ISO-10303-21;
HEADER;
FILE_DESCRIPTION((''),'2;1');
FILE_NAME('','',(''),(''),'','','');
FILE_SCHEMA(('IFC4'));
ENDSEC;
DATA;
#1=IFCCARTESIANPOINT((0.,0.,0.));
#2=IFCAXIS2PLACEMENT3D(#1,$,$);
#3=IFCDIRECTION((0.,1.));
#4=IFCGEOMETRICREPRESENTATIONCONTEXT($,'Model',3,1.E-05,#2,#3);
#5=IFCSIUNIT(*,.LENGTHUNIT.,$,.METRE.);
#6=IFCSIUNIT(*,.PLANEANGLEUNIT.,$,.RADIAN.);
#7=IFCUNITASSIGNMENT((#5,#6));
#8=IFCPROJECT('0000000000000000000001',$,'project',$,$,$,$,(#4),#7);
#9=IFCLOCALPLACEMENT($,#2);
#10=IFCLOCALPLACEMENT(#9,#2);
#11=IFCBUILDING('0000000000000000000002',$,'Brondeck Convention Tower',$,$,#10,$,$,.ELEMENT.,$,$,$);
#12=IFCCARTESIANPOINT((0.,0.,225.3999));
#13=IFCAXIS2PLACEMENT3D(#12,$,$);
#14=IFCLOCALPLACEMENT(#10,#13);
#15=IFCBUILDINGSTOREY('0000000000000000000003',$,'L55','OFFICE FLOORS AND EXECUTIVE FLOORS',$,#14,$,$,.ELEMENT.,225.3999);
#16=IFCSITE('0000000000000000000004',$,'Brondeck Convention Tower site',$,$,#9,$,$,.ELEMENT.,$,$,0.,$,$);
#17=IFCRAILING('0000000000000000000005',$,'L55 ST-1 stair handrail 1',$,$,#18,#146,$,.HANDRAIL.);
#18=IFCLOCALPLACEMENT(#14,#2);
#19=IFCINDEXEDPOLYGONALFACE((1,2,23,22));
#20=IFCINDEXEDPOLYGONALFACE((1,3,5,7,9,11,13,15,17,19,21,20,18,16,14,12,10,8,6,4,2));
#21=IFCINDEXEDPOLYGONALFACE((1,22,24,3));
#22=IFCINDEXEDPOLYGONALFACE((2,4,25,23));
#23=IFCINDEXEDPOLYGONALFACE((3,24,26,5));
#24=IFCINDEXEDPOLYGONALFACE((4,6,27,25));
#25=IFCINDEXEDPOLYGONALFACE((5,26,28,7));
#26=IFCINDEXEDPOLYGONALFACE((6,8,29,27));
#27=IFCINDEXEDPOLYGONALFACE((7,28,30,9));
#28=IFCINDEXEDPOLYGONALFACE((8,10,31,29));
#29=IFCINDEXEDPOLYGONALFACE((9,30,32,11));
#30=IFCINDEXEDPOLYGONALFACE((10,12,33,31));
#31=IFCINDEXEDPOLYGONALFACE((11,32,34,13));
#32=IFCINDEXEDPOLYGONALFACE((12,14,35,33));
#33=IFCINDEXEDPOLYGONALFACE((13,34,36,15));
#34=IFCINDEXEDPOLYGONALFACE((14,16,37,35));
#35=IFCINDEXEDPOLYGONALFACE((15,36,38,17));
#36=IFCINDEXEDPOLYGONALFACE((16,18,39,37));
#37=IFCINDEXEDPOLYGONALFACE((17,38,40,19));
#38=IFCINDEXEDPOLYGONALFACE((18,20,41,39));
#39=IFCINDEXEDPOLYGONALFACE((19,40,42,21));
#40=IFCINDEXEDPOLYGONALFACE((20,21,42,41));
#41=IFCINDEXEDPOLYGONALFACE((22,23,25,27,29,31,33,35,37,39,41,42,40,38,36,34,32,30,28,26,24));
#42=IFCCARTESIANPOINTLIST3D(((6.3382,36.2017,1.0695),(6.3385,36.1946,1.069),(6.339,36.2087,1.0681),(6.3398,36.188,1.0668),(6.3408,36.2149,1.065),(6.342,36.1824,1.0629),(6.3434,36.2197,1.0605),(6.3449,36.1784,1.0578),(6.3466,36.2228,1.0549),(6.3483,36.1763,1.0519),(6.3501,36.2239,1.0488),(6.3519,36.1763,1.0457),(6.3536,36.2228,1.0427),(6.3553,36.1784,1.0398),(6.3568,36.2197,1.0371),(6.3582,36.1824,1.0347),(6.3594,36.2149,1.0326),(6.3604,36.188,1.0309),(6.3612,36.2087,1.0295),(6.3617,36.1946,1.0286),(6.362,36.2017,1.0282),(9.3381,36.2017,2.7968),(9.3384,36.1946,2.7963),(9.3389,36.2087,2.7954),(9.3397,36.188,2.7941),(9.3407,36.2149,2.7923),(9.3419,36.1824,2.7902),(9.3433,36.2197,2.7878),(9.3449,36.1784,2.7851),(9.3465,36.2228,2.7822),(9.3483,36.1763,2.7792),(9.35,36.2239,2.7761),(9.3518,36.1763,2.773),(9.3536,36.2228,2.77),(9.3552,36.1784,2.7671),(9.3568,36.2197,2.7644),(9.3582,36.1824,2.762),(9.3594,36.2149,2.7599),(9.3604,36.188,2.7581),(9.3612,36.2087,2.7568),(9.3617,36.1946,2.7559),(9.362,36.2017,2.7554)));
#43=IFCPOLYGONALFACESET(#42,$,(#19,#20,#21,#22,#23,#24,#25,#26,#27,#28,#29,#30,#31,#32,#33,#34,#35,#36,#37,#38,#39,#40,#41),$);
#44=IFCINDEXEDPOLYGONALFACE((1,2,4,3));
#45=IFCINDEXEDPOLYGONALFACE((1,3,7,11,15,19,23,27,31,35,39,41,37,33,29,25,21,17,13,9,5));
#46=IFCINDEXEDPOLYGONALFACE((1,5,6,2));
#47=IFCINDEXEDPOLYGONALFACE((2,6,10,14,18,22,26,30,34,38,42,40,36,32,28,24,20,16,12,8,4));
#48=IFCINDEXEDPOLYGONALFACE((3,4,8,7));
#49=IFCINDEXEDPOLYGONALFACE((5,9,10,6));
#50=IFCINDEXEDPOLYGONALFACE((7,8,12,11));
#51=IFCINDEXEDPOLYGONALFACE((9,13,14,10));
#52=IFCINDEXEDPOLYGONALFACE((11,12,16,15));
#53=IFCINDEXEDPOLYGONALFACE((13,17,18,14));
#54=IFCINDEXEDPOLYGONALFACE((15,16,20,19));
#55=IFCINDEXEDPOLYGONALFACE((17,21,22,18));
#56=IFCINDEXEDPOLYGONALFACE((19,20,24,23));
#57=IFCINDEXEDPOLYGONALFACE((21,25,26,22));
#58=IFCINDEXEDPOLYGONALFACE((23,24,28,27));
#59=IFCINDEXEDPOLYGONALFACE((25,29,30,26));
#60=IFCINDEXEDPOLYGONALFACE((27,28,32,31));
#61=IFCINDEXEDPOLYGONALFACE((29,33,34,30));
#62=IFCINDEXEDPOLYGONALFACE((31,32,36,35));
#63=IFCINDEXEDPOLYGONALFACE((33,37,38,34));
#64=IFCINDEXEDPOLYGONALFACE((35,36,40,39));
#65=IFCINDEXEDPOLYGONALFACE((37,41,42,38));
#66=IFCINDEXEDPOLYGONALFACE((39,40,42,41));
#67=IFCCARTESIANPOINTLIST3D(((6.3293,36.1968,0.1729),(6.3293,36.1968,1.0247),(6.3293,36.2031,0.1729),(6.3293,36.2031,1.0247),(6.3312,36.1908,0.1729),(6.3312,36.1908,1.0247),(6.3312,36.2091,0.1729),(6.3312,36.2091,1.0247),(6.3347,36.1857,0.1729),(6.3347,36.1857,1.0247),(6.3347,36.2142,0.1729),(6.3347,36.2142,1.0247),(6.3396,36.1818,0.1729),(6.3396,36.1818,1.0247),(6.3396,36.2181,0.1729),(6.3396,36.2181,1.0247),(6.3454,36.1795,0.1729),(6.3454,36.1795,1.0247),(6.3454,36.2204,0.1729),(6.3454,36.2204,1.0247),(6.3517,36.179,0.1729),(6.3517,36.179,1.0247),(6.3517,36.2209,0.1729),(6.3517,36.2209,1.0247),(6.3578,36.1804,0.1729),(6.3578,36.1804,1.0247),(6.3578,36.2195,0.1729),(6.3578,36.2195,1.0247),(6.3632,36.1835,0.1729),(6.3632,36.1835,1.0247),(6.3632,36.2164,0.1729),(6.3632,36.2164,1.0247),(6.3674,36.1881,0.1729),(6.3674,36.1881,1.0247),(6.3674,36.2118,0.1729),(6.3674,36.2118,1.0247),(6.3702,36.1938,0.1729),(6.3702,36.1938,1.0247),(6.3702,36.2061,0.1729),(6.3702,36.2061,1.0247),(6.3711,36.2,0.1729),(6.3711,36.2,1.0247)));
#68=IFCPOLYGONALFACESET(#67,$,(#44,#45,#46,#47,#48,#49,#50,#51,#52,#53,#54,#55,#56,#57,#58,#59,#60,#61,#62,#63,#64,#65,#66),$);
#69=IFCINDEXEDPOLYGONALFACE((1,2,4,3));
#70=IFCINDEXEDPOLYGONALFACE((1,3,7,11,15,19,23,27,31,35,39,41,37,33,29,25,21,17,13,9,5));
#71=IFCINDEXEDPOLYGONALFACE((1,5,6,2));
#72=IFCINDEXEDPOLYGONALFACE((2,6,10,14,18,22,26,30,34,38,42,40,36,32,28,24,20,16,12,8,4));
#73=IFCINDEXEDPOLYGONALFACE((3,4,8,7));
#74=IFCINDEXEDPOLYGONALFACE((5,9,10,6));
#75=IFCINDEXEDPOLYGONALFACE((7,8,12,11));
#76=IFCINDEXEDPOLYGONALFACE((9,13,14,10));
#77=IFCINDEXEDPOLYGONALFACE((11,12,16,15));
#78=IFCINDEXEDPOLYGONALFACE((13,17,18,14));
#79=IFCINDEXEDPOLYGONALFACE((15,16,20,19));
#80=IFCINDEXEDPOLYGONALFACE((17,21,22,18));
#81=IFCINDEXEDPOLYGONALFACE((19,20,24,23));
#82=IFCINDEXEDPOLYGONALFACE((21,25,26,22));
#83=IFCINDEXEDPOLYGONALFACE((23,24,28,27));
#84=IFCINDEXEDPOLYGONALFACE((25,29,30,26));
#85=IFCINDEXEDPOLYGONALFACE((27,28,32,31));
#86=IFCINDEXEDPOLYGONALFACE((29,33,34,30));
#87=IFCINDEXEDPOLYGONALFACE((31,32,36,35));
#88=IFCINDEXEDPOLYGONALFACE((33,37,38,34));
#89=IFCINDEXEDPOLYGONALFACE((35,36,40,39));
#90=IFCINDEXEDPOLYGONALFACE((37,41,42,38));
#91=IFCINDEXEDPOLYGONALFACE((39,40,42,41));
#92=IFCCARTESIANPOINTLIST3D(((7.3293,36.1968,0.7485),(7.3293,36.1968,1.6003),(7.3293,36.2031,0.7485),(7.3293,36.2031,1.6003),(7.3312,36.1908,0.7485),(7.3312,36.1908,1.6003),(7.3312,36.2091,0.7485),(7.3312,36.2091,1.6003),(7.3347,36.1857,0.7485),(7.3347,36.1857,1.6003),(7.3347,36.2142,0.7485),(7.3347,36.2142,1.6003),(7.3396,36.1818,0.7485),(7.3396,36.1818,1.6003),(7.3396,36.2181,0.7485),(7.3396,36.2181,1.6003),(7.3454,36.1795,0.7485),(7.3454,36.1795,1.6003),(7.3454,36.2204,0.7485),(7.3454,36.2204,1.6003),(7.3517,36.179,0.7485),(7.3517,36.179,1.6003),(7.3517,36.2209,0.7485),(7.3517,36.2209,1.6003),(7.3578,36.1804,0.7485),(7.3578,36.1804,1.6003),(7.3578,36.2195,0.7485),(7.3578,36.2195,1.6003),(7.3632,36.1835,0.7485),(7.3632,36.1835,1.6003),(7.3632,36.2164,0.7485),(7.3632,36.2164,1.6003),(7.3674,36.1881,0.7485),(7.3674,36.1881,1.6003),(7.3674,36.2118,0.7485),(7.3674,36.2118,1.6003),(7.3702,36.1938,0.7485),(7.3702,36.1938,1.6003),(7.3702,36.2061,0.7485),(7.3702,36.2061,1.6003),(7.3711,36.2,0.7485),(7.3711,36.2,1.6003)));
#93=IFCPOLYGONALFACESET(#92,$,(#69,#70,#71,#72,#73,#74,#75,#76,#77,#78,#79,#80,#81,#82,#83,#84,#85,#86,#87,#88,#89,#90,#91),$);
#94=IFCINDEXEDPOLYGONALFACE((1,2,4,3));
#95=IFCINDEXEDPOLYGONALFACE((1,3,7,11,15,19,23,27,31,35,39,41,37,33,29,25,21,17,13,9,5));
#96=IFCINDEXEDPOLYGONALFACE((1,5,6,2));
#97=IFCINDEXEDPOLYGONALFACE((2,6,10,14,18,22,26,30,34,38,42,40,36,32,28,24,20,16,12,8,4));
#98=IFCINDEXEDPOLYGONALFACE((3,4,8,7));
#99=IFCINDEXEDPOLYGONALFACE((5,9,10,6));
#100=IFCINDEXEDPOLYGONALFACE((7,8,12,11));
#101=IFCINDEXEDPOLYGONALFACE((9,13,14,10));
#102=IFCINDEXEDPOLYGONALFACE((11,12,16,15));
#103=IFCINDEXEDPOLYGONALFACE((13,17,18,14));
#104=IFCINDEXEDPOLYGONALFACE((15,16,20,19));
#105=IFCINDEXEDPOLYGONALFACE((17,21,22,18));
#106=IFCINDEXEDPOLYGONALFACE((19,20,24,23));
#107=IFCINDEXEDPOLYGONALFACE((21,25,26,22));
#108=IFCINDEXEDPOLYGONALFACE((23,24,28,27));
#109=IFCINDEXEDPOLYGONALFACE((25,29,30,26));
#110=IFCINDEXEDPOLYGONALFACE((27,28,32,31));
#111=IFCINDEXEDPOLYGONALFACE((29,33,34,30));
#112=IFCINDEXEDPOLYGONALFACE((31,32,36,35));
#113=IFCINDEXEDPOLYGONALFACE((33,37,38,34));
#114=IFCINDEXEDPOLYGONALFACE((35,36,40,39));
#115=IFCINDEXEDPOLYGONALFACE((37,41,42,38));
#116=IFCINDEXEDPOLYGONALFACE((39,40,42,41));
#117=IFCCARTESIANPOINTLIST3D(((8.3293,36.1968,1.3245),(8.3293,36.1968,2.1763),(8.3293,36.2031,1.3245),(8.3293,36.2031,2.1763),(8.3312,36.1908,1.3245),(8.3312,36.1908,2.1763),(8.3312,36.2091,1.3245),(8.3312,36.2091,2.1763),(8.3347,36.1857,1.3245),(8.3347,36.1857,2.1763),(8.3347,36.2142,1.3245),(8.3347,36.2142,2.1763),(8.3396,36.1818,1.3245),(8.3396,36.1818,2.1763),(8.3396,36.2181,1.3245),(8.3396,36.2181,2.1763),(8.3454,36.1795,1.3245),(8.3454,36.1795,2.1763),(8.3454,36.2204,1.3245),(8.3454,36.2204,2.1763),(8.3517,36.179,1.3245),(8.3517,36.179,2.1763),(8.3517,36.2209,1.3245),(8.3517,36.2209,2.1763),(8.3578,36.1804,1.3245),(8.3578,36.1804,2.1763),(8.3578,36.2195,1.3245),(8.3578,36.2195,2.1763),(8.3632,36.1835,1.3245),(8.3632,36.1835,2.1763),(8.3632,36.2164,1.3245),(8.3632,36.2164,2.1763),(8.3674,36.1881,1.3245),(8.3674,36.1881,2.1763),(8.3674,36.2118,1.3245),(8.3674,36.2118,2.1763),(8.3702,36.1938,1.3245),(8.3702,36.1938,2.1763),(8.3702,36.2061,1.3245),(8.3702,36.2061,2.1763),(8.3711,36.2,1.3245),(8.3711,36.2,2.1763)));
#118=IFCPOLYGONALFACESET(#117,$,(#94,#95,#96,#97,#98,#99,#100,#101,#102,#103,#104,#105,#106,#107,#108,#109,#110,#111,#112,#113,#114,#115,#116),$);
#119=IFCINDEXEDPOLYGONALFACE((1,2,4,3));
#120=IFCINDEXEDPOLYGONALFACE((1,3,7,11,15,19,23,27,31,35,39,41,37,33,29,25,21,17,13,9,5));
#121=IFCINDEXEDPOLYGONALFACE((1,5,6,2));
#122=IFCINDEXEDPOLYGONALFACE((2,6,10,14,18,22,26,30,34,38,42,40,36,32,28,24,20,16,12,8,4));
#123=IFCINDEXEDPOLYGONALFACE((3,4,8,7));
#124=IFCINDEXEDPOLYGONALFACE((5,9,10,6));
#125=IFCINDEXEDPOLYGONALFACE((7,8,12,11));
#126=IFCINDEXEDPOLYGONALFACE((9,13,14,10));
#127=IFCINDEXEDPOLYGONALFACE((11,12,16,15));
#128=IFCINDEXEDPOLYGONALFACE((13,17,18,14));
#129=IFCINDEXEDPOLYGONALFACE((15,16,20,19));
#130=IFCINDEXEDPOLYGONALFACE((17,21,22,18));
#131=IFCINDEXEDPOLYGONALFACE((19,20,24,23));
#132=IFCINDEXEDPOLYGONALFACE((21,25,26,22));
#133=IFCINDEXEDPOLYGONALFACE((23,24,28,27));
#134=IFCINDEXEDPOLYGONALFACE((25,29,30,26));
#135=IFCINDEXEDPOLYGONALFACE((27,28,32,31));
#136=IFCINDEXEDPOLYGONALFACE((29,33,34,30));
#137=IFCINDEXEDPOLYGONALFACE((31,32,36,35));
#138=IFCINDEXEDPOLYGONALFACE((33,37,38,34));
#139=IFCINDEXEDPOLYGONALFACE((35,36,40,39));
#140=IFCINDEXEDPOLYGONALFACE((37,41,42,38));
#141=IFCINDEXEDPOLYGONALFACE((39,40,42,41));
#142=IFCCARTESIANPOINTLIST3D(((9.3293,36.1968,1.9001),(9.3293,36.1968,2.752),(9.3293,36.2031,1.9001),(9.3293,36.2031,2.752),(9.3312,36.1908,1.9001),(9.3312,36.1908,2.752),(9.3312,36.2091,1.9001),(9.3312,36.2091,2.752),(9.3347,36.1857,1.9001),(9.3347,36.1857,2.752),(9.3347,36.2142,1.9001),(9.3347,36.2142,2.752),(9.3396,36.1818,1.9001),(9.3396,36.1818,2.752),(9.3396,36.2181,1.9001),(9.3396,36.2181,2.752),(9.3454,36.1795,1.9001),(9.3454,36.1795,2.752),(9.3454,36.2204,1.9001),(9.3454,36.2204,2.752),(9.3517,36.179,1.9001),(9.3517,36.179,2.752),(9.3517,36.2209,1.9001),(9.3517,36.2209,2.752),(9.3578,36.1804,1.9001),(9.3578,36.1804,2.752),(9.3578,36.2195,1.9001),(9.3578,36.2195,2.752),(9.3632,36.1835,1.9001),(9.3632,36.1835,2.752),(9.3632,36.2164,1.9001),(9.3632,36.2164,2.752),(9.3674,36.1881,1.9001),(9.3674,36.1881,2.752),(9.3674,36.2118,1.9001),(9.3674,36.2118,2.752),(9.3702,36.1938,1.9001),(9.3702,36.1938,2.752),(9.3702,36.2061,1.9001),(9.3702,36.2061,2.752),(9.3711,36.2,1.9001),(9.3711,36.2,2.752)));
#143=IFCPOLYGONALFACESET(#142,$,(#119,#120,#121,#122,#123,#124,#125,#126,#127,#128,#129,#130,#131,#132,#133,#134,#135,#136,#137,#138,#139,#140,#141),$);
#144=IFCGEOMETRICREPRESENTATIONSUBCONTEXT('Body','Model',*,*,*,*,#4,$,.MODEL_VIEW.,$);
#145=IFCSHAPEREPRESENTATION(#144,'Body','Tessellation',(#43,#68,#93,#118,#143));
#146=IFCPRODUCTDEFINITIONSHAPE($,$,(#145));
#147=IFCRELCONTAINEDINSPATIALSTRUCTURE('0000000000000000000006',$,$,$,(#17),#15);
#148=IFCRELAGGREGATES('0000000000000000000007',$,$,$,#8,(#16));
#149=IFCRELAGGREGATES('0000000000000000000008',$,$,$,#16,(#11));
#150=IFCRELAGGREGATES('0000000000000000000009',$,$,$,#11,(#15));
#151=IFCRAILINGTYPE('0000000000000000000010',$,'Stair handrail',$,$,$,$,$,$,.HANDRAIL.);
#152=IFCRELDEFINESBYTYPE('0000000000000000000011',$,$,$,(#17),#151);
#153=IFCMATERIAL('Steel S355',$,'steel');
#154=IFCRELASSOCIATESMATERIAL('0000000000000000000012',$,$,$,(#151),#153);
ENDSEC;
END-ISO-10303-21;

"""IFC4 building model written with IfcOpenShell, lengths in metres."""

from ifc_helpers import new_model, si_unit, direction, frame, origin, origin_2d, place, context, subcontext, project, spatial, circle, extrude, material, type_object, element, save


model = new_model("IFC4")

# Units and contexts
model_context = context("Model", 3, precision=1e-05, world=origin(), true_north=direction((0.0, 1.0)))
body_context = subcontext(model_context, "Body", "Model", "MODEL_VIEW")
ifc_project = project(units=[si_unit("LENGTHUNIT", "METRE"), si_unit("PLANEANGLEUNIT", "RADIAN")], contexts=[model_context])

# Site, building, storey
site_placement = place(None, origin())
site = spatial("IfcSite", under=ifc_project, at=site_placement, Name="Brondeck Convention Tower site", CompositionType="ELEMENT", RefElevation=0.0)
building_placement = place(site_placement, origin())
building = spatial("IfcBuilding", under=site, at=building_placement, Name="Brondeck Convention Tower", CompositionType="ELEMENT")
storey_placement = place(building_placement, frame((0.0, 0.0, 225.3999)))
storey = spatial("IfcBuildingStorey", under=building, at=storey_placement, Name="L55", Description="OFFICE FLOORS AND EXECUTIVE FLOORS", CompositionType="ELEMENT", Elevation=225.3999)

# Railing
ifc_material_1 = material(Name="Steel S355", Category="steel")
railing_type_1 = type_object("IfcRailingType", Name="Stair handrail", PredefinedType="HANDRAIL", material=ifc_material_1)
railing_1_placement = place(storey_placement, frame((6.3501, 36.2, 0.1729)))
element("IfcRailing", 1, at=railing_1_placement, inside=storey, type_object=railing_type_1, Name="L55 ST-1 stair handrail 1", PredefinedType="HANDRAIL", context=body_context, shape_type="SweptSolid", body=[
    extrude(circle(Radius=0.0239, at=origin_2d()), frame((0.0, 0.0, 0.876), z_axis=(0.86662, 0.0, 0.498969), x_axis=(0.0, 1.0, 0.0)), (0.0, 0.0, 1.0), 3.4617),
    extrude(circle(Radius=0.021, at=origin_2d()), origin(), (0.0, 0.0, 1.0), 0.8518),
    extrude(circle(Radius=0.021, at=origin_2d()), frame((1.0, 0.0, 0.5757)), (0.0, 0.0, 1.0), 0.8518),
    extrude(circle(Radius=0.021, at=origin_2d()), frame((2.0, 0.0, 1.1516)), (0.0, 0.0, 1.0), 0.8518),
    extrude(circle(Radius=0.021, at=origin_2d()), frame((3.0, 0.0, 1.7273)), (0.0, 0.0, 1.0), 0.8518),
])

save(model, "model.ifc")
